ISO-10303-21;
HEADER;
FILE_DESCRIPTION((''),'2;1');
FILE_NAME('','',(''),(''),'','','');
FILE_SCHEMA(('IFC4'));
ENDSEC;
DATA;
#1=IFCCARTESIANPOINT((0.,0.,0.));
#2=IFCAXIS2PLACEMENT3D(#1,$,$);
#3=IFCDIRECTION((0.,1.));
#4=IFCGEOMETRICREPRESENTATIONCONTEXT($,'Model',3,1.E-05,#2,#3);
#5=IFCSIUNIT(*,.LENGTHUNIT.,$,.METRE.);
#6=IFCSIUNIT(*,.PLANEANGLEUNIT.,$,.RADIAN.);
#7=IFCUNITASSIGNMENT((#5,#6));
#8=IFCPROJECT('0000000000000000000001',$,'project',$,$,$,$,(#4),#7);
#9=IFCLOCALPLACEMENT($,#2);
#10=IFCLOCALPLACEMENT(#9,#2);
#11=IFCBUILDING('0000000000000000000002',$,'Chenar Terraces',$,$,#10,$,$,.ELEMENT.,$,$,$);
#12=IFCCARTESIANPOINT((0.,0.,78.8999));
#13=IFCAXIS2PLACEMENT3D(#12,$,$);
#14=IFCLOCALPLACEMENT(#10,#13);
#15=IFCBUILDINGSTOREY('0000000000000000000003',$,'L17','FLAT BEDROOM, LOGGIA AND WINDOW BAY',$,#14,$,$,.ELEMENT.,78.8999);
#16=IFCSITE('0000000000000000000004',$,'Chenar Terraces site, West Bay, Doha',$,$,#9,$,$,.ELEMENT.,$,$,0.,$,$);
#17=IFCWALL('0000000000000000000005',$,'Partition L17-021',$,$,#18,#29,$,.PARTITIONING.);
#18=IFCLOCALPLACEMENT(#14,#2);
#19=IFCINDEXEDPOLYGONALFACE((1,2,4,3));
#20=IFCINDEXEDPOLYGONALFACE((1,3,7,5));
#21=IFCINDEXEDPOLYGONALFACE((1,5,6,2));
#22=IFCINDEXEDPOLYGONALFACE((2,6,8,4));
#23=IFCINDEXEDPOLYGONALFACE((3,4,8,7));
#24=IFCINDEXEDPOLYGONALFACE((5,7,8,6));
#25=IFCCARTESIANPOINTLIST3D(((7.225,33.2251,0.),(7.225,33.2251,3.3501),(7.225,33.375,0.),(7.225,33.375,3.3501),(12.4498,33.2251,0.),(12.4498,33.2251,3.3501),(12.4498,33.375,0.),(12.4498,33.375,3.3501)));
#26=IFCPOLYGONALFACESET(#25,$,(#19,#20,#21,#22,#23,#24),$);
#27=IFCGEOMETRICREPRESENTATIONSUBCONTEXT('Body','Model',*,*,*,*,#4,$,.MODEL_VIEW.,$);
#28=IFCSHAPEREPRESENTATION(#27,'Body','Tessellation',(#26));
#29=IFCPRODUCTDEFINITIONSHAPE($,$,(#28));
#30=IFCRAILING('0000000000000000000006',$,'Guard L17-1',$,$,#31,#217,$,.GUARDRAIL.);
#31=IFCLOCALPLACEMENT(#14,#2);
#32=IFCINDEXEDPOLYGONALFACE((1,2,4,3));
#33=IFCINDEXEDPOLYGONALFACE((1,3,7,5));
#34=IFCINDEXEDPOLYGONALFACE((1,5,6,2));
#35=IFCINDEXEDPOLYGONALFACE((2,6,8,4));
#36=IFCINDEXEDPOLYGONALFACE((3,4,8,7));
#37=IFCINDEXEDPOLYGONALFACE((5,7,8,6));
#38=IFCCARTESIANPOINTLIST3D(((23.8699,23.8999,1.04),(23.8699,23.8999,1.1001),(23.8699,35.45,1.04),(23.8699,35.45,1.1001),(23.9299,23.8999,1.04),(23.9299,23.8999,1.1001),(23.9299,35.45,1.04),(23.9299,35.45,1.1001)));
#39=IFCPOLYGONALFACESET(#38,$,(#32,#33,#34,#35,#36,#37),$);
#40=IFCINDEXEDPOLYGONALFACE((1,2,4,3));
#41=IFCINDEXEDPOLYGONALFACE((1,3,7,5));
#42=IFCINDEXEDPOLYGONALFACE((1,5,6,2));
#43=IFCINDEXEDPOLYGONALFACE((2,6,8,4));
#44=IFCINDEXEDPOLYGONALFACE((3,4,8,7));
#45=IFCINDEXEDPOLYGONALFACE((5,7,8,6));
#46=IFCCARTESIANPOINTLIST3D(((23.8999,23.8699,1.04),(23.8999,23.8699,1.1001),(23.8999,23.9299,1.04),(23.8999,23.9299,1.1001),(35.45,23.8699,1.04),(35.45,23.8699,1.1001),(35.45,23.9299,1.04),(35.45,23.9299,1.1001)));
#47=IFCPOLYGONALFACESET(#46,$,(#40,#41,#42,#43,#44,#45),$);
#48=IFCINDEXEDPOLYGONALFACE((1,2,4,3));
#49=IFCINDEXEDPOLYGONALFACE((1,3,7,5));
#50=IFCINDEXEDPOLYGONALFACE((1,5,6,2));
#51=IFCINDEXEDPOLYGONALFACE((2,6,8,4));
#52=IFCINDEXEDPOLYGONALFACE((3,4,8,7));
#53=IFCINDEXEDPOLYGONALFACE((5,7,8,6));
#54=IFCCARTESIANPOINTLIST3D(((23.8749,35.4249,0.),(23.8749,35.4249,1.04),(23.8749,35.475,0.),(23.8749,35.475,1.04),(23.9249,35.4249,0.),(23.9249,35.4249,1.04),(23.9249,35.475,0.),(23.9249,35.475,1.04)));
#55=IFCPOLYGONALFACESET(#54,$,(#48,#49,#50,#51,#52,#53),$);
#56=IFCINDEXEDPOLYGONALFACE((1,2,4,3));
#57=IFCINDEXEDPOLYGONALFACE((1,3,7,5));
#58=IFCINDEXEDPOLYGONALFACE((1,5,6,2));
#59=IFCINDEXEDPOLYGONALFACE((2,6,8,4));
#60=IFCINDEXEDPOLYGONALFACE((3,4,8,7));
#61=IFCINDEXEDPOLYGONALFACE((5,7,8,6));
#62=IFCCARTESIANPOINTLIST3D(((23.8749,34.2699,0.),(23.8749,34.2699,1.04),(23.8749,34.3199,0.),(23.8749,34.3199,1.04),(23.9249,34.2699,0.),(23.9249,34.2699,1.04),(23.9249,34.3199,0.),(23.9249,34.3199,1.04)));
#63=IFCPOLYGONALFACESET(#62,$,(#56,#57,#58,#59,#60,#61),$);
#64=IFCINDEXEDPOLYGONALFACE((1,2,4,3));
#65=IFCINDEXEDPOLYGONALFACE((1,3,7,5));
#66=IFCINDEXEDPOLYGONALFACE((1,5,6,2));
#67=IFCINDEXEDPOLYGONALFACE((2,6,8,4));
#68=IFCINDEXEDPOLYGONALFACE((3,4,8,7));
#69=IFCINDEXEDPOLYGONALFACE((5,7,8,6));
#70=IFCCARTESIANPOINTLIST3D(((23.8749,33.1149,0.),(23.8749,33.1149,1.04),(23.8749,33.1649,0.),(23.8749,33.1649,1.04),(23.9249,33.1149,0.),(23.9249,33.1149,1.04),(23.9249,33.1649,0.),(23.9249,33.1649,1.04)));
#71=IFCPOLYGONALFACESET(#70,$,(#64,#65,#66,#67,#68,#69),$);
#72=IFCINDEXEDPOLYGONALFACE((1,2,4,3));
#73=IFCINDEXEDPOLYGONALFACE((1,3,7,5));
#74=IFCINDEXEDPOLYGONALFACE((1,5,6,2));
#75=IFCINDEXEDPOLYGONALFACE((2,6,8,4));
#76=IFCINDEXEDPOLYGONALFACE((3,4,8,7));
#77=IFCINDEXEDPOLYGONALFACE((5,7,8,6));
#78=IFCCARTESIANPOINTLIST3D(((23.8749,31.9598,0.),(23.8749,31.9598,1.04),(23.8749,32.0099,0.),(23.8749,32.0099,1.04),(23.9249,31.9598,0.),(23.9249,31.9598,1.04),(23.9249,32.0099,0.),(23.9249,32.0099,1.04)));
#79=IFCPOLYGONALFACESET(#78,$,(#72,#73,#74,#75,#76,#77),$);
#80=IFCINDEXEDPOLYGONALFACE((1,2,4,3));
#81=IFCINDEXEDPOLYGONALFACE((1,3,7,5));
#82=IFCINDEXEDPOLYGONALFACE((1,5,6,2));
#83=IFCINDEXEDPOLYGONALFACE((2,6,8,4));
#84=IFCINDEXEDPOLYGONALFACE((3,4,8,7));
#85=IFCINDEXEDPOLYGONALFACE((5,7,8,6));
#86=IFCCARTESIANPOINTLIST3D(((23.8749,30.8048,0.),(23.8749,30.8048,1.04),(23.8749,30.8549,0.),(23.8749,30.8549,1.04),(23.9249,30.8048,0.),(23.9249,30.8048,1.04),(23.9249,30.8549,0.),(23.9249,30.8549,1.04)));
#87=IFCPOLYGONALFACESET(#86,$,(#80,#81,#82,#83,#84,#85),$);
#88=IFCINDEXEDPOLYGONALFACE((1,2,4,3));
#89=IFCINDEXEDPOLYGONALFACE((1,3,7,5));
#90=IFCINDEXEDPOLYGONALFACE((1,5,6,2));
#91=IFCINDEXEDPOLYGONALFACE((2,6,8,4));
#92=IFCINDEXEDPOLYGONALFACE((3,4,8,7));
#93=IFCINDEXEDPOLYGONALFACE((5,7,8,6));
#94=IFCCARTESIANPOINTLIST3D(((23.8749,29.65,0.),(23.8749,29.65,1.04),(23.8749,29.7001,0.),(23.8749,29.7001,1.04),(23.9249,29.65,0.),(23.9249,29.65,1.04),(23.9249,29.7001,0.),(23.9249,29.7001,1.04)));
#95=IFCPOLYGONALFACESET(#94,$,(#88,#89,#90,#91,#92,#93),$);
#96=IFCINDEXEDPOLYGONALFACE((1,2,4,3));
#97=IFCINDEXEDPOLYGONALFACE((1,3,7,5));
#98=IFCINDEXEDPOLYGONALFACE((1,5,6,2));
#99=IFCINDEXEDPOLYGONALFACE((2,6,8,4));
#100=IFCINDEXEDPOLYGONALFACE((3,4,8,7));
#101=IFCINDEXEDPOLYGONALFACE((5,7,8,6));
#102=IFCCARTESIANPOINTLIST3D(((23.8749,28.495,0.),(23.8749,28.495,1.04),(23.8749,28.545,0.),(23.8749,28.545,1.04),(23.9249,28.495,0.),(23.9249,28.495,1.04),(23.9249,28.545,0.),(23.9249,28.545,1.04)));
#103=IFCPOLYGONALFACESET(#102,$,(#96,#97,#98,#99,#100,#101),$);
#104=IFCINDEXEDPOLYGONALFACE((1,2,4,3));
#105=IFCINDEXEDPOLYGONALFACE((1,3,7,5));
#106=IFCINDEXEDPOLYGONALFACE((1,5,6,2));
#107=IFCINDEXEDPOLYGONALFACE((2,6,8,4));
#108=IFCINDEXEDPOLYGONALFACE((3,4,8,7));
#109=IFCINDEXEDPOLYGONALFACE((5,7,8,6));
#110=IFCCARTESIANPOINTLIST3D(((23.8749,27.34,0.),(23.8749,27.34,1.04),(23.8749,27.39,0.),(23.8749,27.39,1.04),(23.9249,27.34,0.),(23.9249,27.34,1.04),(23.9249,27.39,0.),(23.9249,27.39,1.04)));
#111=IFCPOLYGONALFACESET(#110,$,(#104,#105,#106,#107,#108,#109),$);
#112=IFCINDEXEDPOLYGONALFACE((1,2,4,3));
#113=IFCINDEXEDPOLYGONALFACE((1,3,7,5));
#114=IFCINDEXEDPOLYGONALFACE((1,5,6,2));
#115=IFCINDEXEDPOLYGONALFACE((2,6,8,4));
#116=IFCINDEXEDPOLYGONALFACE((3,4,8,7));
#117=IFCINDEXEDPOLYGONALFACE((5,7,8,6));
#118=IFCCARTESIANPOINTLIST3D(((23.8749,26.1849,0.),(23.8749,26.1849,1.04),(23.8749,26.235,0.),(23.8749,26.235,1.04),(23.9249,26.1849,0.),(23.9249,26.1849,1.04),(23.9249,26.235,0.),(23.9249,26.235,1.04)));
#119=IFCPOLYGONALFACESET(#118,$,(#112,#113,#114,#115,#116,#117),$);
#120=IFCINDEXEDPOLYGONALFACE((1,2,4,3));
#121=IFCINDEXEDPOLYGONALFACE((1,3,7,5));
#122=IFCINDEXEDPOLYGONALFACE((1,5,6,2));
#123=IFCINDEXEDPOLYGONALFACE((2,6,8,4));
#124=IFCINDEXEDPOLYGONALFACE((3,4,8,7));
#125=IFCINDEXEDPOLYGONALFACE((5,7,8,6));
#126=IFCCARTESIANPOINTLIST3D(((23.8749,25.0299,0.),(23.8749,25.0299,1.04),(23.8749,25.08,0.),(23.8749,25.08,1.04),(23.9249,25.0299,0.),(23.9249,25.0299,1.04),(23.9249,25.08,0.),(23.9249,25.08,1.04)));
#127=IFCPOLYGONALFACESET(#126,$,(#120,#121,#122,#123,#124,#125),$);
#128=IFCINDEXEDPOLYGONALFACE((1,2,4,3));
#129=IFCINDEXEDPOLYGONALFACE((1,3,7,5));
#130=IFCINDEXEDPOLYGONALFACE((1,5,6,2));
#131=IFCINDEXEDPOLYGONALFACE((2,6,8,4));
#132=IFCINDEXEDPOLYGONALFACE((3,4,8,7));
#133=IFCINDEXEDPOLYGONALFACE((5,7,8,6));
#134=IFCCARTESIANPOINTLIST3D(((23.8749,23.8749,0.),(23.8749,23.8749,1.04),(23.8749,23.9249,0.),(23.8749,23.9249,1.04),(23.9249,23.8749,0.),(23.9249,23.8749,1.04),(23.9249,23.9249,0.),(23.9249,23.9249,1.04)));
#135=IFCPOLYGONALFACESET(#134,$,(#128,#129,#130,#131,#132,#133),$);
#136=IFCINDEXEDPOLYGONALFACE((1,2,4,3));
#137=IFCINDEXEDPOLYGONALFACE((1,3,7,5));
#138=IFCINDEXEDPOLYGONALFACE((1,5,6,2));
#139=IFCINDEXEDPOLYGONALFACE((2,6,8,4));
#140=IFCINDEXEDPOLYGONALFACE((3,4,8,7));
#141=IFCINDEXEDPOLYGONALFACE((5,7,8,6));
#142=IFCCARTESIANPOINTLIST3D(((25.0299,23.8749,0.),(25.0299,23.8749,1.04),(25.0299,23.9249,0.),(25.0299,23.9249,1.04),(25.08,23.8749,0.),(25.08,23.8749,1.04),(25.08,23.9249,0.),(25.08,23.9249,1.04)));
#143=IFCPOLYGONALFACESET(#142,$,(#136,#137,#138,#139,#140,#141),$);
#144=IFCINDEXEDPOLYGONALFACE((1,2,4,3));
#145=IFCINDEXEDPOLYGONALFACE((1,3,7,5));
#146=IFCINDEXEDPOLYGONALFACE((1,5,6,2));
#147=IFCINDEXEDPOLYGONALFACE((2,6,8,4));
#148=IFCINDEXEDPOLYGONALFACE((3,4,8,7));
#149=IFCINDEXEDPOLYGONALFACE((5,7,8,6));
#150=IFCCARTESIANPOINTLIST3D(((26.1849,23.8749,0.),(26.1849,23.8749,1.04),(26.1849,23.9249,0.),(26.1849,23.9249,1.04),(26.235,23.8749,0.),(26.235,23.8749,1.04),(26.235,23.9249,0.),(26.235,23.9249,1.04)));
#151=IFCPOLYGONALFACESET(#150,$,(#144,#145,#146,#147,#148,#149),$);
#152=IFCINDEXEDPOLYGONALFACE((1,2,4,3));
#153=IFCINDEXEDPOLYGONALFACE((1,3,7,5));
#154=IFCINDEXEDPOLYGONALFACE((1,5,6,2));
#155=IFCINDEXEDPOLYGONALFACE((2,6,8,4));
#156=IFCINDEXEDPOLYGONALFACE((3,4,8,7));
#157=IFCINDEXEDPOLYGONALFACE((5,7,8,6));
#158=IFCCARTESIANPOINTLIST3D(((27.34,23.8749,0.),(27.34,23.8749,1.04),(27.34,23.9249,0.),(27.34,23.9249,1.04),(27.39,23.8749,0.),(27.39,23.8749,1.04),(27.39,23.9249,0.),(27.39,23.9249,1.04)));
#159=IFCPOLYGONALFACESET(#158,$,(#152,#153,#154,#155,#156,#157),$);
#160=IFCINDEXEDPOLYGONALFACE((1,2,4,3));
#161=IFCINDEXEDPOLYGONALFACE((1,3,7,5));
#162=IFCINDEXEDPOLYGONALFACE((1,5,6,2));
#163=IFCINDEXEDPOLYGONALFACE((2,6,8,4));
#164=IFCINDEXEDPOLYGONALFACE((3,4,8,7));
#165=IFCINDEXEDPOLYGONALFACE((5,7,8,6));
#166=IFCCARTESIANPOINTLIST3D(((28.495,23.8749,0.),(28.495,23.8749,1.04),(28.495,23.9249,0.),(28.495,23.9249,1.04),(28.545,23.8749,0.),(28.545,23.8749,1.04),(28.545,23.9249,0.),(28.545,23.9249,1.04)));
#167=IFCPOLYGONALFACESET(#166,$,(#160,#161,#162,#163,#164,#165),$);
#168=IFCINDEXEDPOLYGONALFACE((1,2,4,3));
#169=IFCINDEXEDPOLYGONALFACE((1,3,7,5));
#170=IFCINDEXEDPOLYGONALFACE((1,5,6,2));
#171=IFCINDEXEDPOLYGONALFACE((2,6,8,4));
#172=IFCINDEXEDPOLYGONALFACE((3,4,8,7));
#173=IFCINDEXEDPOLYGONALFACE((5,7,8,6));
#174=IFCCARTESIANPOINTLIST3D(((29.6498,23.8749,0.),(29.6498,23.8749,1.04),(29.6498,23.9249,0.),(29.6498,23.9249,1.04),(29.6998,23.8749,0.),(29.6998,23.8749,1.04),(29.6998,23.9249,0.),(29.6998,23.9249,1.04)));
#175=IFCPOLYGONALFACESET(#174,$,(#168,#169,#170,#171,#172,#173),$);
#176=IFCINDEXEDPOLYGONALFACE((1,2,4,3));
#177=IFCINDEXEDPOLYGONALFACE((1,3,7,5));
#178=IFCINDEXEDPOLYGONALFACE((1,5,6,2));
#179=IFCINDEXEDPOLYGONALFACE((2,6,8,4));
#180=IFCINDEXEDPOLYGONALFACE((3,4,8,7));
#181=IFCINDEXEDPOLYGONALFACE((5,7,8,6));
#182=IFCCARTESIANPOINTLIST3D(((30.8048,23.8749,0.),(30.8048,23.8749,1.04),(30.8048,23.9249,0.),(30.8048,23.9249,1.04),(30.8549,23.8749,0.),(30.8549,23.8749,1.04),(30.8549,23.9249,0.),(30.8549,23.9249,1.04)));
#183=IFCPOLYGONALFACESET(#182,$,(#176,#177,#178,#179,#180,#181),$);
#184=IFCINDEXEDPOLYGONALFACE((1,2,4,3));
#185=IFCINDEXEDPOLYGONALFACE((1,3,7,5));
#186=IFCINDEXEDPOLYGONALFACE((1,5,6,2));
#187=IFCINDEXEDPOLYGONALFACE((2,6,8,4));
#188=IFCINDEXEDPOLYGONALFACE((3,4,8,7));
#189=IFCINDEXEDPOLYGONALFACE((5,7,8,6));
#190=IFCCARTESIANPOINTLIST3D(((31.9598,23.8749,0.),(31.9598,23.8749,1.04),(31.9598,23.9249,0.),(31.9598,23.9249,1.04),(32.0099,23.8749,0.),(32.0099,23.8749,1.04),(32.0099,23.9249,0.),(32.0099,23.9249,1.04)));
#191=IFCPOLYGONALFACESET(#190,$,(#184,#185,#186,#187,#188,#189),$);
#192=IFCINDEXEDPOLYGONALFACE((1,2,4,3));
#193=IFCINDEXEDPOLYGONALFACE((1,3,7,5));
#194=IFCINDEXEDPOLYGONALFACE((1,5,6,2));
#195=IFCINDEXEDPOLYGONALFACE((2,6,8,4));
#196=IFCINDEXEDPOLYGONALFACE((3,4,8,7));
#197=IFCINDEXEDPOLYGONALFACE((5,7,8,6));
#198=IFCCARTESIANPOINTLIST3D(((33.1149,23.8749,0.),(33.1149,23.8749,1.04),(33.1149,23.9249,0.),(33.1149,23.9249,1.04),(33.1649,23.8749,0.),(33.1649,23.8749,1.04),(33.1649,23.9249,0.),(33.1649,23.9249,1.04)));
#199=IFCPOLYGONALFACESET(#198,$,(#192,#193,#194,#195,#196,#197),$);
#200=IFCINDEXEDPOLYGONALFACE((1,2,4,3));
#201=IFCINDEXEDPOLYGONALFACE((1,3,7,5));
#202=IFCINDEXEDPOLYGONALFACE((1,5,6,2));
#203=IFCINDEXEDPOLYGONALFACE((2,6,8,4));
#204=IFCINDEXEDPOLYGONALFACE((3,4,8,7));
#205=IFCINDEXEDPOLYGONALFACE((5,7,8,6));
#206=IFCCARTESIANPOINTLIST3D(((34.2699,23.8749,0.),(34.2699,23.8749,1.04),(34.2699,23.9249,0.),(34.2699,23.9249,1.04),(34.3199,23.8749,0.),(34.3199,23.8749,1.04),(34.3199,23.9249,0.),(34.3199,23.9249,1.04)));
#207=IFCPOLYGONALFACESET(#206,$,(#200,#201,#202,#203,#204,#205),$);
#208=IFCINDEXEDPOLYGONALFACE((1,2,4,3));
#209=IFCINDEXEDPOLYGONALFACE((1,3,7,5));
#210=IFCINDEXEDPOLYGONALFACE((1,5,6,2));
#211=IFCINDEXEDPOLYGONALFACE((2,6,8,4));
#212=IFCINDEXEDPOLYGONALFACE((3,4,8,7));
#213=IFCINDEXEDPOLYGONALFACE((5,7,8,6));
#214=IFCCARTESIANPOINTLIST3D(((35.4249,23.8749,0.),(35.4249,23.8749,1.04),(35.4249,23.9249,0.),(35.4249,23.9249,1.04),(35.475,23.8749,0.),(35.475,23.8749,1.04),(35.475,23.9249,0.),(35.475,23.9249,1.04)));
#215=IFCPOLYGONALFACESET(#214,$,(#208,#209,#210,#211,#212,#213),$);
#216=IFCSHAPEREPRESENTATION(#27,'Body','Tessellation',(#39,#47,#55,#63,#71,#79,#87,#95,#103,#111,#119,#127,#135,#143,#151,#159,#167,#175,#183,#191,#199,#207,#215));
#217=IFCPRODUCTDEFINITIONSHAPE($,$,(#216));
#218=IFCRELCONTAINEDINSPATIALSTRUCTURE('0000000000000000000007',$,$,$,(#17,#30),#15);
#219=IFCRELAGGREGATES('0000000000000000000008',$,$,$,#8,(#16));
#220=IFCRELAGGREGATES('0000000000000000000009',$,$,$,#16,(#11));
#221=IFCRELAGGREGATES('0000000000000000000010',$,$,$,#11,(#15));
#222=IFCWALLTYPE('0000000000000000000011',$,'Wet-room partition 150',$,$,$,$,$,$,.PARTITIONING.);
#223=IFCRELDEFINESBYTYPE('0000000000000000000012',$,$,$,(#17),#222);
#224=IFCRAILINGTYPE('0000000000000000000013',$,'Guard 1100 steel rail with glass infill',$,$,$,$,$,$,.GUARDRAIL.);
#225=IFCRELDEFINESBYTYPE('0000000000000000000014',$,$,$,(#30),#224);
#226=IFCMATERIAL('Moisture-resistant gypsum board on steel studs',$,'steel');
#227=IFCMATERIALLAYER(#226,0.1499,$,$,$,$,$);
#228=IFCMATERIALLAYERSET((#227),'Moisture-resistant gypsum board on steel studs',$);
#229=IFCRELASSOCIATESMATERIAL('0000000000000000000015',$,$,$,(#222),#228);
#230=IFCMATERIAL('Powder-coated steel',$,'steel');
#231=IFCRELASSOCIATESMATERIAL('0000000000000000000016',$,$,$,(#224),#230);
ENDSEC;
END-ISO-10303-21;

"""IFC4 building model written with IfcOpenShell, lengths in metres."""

from ifc_helpers import new_model, si_unit, direction, frame, frame_2d, origin, origin_2d, place, context, subcontext, project, spatial, rectangle, extrude, material, layer, layer_set, type_object, element, save


model = new_model("IFC4")

# Units and contexts
model_context = context("Model", 3, precision=1e-05, world=origin(), true_north=direction((0.0, 1.0)))
body_context = subcontext(model_context, "Body", "Model", "MODEL_VIEW")
ifc_project = project(units=[si_unit("LENGTHUNIT", "METRE"), si_unit("PLANEANGLEUNIT", "RADIAN")], contexts=[model_context])

# Site, building, storey
site_placement = place(None, origin())
site = spatial("IfcSite", under=ifc_project, at=site_placement, Name="Chenar Terraces site, West Bay, Doha", CompositionType="ELEMENT", RefElevation=0.0)
building_placement = place(site_placement, origin())
building = spatial("IfcBuilding", under=site, at=building_placement, Name="Chenar Terraces", CompositionType="ELEMENT")
storey_placement = place(building_placement, frame((0.0, 0.0, 78.8999)))
storey = spatial("IfcBuildingStorey", under=building, at=storey_placement, Name="L17", Description="FLAT BEDROOM, LOGGIA AND WINDOW BAY", CompositionType="ELEMENT", Elevation=78.8999)

# Wall
ifc_material_1 = material(Name="Moisture-resistant gypsum board on steel studs", Category="steel")
ifc_layer_1 = layer(ifc_material_1, 0.1499)
ifc_layer_set_1 = layer_set([ifc_layer_1], Name="Moisture-resistant gypsum board on steel studs")
wall_type_1 = type_object("IfcWallType", Name="Wet-room partition 150", PredefinedType="PARTITIONING", material=ifc_layer_set_1)
for number, where, z_axis, x_axis, name in (
    (1, (7.2251, 33.3, 0.0), (0.0, 0.0, 1.0), (1.0, 0.0, 0.0), "Partition L17-021"),
):
    element("IfcWall", number, at=place(storey_placement, frame(where, z_axis=z_axis, x_axis=x_axis)), inside=storey, type_object=wall_type_1, Name=name, PredefinedType="PARTITIONING", context=body_context, shape_type="SweptSolid", body=[
        extrude(rectangle(XDim=5.2249, YDim=0.1499, at=frame_2d((2.6123, 0.0))), origin(), (0.0, 0.0, 1.0), 3.3501),
    ])

# Railing
ifc_material_2 = material(Name="Powder-coated steel", Category="steel")
railing_type = type_object("IfcRailingType", Name="Guard 1100 steel rail with glass infill", PredefinedType="GUARDRAIL", material=ifc_material_2)
railing_placement = place(storey_placement, frame((23.8999, 35.45, 0.0)))
element("IfcRailing", 2, at=railing_placement, inside=storey, type_object=railing_type, Name="Guard L17-1", PredefinedType="GUARDRAIL", context=body_context, shape_type="SweptSolid", body=[
    extrude(rectangle(XDim=0.0601, YDim=0.0601, at=origin_2d()), frame((0.0, 0.0, 1.0701), z_axis=(0.0, -1.0, 0.0), x_axis=(1.0, 0.0, 0.0)), (0.0, 0.0, 1.0), 11.55),
    extrude(rectangle(XDim=0.0601, YDim=0.0601, at=origin_2d()), frame((0.0, -11.55, 1.0701), z_axis=(1.0, 0.0, 0.0), x_axis=(0.0, 1.0, 0.0)), (0.0, 0.0, 1.0), 11.55),
    extrude(rectangle(XDim=0.05, YDim=0.05, at=origin_2d()), origin(), (0.0, 0.0, 1.0), 1.04),
    extrude(rectangle(XDim=0.05, YDim=0.05, at=origin_2d()), frame((0.0, -1.155, 0.0)), (0.0, 0.0, 1.0), 1.04),
    extrude(rectangle(XDim=0.05, YDim=0.05, at=origin_2d()), frame((0.0, -2.3101, 0.0)), (0.0, 0.0, 1.0), 1.04),
    extrude(rectangle(XDim=0.05, YDim=0.05, at=origin_2d()), frame((0.0, -3.4651, 0.0)), (0.0, 0.0, 1.0), 1.04),
    extrude(rectangle(XDim=0.05, YDim=0.05, at=origin_2d()), frame((0.0, -4.6201, 0.0)), (0.0, 0.0, 1.0), 1.04),
    extrude(rectangle(XDim=0.05, YDim=0.05, at=origin_2d()), frame((0.0, -5.7749, 0.0)), (0.0, 0.0, 1.0), 1.04),
    extrude(rectangle(XDim=0.05, YDim=0.05, at=origin_2d()), frame((0.0, -6.9299, 0.0)), (0.0, 0.0, 1.0), 1.04),
    extrude(rectangle(XDim=0.05, YDim=0.05, at=origin_2d()), frame((0.0, -8.085, 0.0)), (0.0, 0.0, 1.0), 1.04),
    extrude(rectangle(XDim=0.05, YDim=0.05, at=origin_2d()), frame((0.0, -9.24, 0.0)), (0.0, 0.0, 1.0), 1.04),
    extrude(rectangle(XDim=0.05, YDim=0.05, at=origin_2d()), frame((0.0, -10.395, 0.0)), (0.0, 0.0, 1.0), 1.04),
    extrude(rectangle(XDim=0.05, YDim=0.05, at=origin_2d()), frame((0.0, -11.55, 0.0)), (0.0, 0.0, 1.0), 1.04),
    extrude(rectangle(XDim=0.05, YDim=0.05, at=origin_2d()), frame((1.155, -11.55, 0.0)), (0.0, 0.0, 1.0), 1.04),
    extrude(rectangle(XDim=0.05, YDim=0.05, at=origin_2d()), frame((2.3101, -11.55, 0.0)), (0.0, 0.0, 1.0), 1.04),
    extrude(rectangle(XDim=0.05, YDim=0.05, at=origin_2d()), frame((3.4651, -11.55, 0.0)), (0.0, 0.0, 1.0), 1.04),
    extrude(rectangle(XDim=0.05, YDim=0.05, at=origin_2d()), frame((4.6201, -11.55, 0.0)), (0.0, 0.0, 1.0), 1.04),
    extrude(rectangle(XDim=0.05, YDim=0.05, at=origin_2d()), frame((5.7749, -11.55, 0.0)), (0.0, 0.0, 1.0), 1.04),
    extrude(rectangle(XDim=0.05, YDim=0.05, at=origin_2d()), frame((6.9299, -11.55, 0.0)), (0.0, 0.0, 1.0), 1.04),
    extrude(rectangle(XDim=0.05, YDim=0.05, at=origin_2d()), frame((8.085, -11.55, 0.0)), (0.0, 0.0, 1.0), 1.04),
    extrude(rectangle(XDim=0.05, YDim=0.05, at=origin_2d()), frame((9.24, -11.55, 0.0)), (0.0, 0.0, 1.0), 1.04),
    extrude(rectangle(XDim=0.05, YDim=0.05, at=origin_2d()), frame((10.395, -11.55, 0.0)), (0.0, 0.0, 1.0), 1.04),
    extrude(rectangle(XDim=0.05, YDim=0.05, at=origin_2d()), frame((11.55, -11.55, 0.0)), (0.0, 0.0, 1.0), 1.04),
])

save(model, "model.ifc")
